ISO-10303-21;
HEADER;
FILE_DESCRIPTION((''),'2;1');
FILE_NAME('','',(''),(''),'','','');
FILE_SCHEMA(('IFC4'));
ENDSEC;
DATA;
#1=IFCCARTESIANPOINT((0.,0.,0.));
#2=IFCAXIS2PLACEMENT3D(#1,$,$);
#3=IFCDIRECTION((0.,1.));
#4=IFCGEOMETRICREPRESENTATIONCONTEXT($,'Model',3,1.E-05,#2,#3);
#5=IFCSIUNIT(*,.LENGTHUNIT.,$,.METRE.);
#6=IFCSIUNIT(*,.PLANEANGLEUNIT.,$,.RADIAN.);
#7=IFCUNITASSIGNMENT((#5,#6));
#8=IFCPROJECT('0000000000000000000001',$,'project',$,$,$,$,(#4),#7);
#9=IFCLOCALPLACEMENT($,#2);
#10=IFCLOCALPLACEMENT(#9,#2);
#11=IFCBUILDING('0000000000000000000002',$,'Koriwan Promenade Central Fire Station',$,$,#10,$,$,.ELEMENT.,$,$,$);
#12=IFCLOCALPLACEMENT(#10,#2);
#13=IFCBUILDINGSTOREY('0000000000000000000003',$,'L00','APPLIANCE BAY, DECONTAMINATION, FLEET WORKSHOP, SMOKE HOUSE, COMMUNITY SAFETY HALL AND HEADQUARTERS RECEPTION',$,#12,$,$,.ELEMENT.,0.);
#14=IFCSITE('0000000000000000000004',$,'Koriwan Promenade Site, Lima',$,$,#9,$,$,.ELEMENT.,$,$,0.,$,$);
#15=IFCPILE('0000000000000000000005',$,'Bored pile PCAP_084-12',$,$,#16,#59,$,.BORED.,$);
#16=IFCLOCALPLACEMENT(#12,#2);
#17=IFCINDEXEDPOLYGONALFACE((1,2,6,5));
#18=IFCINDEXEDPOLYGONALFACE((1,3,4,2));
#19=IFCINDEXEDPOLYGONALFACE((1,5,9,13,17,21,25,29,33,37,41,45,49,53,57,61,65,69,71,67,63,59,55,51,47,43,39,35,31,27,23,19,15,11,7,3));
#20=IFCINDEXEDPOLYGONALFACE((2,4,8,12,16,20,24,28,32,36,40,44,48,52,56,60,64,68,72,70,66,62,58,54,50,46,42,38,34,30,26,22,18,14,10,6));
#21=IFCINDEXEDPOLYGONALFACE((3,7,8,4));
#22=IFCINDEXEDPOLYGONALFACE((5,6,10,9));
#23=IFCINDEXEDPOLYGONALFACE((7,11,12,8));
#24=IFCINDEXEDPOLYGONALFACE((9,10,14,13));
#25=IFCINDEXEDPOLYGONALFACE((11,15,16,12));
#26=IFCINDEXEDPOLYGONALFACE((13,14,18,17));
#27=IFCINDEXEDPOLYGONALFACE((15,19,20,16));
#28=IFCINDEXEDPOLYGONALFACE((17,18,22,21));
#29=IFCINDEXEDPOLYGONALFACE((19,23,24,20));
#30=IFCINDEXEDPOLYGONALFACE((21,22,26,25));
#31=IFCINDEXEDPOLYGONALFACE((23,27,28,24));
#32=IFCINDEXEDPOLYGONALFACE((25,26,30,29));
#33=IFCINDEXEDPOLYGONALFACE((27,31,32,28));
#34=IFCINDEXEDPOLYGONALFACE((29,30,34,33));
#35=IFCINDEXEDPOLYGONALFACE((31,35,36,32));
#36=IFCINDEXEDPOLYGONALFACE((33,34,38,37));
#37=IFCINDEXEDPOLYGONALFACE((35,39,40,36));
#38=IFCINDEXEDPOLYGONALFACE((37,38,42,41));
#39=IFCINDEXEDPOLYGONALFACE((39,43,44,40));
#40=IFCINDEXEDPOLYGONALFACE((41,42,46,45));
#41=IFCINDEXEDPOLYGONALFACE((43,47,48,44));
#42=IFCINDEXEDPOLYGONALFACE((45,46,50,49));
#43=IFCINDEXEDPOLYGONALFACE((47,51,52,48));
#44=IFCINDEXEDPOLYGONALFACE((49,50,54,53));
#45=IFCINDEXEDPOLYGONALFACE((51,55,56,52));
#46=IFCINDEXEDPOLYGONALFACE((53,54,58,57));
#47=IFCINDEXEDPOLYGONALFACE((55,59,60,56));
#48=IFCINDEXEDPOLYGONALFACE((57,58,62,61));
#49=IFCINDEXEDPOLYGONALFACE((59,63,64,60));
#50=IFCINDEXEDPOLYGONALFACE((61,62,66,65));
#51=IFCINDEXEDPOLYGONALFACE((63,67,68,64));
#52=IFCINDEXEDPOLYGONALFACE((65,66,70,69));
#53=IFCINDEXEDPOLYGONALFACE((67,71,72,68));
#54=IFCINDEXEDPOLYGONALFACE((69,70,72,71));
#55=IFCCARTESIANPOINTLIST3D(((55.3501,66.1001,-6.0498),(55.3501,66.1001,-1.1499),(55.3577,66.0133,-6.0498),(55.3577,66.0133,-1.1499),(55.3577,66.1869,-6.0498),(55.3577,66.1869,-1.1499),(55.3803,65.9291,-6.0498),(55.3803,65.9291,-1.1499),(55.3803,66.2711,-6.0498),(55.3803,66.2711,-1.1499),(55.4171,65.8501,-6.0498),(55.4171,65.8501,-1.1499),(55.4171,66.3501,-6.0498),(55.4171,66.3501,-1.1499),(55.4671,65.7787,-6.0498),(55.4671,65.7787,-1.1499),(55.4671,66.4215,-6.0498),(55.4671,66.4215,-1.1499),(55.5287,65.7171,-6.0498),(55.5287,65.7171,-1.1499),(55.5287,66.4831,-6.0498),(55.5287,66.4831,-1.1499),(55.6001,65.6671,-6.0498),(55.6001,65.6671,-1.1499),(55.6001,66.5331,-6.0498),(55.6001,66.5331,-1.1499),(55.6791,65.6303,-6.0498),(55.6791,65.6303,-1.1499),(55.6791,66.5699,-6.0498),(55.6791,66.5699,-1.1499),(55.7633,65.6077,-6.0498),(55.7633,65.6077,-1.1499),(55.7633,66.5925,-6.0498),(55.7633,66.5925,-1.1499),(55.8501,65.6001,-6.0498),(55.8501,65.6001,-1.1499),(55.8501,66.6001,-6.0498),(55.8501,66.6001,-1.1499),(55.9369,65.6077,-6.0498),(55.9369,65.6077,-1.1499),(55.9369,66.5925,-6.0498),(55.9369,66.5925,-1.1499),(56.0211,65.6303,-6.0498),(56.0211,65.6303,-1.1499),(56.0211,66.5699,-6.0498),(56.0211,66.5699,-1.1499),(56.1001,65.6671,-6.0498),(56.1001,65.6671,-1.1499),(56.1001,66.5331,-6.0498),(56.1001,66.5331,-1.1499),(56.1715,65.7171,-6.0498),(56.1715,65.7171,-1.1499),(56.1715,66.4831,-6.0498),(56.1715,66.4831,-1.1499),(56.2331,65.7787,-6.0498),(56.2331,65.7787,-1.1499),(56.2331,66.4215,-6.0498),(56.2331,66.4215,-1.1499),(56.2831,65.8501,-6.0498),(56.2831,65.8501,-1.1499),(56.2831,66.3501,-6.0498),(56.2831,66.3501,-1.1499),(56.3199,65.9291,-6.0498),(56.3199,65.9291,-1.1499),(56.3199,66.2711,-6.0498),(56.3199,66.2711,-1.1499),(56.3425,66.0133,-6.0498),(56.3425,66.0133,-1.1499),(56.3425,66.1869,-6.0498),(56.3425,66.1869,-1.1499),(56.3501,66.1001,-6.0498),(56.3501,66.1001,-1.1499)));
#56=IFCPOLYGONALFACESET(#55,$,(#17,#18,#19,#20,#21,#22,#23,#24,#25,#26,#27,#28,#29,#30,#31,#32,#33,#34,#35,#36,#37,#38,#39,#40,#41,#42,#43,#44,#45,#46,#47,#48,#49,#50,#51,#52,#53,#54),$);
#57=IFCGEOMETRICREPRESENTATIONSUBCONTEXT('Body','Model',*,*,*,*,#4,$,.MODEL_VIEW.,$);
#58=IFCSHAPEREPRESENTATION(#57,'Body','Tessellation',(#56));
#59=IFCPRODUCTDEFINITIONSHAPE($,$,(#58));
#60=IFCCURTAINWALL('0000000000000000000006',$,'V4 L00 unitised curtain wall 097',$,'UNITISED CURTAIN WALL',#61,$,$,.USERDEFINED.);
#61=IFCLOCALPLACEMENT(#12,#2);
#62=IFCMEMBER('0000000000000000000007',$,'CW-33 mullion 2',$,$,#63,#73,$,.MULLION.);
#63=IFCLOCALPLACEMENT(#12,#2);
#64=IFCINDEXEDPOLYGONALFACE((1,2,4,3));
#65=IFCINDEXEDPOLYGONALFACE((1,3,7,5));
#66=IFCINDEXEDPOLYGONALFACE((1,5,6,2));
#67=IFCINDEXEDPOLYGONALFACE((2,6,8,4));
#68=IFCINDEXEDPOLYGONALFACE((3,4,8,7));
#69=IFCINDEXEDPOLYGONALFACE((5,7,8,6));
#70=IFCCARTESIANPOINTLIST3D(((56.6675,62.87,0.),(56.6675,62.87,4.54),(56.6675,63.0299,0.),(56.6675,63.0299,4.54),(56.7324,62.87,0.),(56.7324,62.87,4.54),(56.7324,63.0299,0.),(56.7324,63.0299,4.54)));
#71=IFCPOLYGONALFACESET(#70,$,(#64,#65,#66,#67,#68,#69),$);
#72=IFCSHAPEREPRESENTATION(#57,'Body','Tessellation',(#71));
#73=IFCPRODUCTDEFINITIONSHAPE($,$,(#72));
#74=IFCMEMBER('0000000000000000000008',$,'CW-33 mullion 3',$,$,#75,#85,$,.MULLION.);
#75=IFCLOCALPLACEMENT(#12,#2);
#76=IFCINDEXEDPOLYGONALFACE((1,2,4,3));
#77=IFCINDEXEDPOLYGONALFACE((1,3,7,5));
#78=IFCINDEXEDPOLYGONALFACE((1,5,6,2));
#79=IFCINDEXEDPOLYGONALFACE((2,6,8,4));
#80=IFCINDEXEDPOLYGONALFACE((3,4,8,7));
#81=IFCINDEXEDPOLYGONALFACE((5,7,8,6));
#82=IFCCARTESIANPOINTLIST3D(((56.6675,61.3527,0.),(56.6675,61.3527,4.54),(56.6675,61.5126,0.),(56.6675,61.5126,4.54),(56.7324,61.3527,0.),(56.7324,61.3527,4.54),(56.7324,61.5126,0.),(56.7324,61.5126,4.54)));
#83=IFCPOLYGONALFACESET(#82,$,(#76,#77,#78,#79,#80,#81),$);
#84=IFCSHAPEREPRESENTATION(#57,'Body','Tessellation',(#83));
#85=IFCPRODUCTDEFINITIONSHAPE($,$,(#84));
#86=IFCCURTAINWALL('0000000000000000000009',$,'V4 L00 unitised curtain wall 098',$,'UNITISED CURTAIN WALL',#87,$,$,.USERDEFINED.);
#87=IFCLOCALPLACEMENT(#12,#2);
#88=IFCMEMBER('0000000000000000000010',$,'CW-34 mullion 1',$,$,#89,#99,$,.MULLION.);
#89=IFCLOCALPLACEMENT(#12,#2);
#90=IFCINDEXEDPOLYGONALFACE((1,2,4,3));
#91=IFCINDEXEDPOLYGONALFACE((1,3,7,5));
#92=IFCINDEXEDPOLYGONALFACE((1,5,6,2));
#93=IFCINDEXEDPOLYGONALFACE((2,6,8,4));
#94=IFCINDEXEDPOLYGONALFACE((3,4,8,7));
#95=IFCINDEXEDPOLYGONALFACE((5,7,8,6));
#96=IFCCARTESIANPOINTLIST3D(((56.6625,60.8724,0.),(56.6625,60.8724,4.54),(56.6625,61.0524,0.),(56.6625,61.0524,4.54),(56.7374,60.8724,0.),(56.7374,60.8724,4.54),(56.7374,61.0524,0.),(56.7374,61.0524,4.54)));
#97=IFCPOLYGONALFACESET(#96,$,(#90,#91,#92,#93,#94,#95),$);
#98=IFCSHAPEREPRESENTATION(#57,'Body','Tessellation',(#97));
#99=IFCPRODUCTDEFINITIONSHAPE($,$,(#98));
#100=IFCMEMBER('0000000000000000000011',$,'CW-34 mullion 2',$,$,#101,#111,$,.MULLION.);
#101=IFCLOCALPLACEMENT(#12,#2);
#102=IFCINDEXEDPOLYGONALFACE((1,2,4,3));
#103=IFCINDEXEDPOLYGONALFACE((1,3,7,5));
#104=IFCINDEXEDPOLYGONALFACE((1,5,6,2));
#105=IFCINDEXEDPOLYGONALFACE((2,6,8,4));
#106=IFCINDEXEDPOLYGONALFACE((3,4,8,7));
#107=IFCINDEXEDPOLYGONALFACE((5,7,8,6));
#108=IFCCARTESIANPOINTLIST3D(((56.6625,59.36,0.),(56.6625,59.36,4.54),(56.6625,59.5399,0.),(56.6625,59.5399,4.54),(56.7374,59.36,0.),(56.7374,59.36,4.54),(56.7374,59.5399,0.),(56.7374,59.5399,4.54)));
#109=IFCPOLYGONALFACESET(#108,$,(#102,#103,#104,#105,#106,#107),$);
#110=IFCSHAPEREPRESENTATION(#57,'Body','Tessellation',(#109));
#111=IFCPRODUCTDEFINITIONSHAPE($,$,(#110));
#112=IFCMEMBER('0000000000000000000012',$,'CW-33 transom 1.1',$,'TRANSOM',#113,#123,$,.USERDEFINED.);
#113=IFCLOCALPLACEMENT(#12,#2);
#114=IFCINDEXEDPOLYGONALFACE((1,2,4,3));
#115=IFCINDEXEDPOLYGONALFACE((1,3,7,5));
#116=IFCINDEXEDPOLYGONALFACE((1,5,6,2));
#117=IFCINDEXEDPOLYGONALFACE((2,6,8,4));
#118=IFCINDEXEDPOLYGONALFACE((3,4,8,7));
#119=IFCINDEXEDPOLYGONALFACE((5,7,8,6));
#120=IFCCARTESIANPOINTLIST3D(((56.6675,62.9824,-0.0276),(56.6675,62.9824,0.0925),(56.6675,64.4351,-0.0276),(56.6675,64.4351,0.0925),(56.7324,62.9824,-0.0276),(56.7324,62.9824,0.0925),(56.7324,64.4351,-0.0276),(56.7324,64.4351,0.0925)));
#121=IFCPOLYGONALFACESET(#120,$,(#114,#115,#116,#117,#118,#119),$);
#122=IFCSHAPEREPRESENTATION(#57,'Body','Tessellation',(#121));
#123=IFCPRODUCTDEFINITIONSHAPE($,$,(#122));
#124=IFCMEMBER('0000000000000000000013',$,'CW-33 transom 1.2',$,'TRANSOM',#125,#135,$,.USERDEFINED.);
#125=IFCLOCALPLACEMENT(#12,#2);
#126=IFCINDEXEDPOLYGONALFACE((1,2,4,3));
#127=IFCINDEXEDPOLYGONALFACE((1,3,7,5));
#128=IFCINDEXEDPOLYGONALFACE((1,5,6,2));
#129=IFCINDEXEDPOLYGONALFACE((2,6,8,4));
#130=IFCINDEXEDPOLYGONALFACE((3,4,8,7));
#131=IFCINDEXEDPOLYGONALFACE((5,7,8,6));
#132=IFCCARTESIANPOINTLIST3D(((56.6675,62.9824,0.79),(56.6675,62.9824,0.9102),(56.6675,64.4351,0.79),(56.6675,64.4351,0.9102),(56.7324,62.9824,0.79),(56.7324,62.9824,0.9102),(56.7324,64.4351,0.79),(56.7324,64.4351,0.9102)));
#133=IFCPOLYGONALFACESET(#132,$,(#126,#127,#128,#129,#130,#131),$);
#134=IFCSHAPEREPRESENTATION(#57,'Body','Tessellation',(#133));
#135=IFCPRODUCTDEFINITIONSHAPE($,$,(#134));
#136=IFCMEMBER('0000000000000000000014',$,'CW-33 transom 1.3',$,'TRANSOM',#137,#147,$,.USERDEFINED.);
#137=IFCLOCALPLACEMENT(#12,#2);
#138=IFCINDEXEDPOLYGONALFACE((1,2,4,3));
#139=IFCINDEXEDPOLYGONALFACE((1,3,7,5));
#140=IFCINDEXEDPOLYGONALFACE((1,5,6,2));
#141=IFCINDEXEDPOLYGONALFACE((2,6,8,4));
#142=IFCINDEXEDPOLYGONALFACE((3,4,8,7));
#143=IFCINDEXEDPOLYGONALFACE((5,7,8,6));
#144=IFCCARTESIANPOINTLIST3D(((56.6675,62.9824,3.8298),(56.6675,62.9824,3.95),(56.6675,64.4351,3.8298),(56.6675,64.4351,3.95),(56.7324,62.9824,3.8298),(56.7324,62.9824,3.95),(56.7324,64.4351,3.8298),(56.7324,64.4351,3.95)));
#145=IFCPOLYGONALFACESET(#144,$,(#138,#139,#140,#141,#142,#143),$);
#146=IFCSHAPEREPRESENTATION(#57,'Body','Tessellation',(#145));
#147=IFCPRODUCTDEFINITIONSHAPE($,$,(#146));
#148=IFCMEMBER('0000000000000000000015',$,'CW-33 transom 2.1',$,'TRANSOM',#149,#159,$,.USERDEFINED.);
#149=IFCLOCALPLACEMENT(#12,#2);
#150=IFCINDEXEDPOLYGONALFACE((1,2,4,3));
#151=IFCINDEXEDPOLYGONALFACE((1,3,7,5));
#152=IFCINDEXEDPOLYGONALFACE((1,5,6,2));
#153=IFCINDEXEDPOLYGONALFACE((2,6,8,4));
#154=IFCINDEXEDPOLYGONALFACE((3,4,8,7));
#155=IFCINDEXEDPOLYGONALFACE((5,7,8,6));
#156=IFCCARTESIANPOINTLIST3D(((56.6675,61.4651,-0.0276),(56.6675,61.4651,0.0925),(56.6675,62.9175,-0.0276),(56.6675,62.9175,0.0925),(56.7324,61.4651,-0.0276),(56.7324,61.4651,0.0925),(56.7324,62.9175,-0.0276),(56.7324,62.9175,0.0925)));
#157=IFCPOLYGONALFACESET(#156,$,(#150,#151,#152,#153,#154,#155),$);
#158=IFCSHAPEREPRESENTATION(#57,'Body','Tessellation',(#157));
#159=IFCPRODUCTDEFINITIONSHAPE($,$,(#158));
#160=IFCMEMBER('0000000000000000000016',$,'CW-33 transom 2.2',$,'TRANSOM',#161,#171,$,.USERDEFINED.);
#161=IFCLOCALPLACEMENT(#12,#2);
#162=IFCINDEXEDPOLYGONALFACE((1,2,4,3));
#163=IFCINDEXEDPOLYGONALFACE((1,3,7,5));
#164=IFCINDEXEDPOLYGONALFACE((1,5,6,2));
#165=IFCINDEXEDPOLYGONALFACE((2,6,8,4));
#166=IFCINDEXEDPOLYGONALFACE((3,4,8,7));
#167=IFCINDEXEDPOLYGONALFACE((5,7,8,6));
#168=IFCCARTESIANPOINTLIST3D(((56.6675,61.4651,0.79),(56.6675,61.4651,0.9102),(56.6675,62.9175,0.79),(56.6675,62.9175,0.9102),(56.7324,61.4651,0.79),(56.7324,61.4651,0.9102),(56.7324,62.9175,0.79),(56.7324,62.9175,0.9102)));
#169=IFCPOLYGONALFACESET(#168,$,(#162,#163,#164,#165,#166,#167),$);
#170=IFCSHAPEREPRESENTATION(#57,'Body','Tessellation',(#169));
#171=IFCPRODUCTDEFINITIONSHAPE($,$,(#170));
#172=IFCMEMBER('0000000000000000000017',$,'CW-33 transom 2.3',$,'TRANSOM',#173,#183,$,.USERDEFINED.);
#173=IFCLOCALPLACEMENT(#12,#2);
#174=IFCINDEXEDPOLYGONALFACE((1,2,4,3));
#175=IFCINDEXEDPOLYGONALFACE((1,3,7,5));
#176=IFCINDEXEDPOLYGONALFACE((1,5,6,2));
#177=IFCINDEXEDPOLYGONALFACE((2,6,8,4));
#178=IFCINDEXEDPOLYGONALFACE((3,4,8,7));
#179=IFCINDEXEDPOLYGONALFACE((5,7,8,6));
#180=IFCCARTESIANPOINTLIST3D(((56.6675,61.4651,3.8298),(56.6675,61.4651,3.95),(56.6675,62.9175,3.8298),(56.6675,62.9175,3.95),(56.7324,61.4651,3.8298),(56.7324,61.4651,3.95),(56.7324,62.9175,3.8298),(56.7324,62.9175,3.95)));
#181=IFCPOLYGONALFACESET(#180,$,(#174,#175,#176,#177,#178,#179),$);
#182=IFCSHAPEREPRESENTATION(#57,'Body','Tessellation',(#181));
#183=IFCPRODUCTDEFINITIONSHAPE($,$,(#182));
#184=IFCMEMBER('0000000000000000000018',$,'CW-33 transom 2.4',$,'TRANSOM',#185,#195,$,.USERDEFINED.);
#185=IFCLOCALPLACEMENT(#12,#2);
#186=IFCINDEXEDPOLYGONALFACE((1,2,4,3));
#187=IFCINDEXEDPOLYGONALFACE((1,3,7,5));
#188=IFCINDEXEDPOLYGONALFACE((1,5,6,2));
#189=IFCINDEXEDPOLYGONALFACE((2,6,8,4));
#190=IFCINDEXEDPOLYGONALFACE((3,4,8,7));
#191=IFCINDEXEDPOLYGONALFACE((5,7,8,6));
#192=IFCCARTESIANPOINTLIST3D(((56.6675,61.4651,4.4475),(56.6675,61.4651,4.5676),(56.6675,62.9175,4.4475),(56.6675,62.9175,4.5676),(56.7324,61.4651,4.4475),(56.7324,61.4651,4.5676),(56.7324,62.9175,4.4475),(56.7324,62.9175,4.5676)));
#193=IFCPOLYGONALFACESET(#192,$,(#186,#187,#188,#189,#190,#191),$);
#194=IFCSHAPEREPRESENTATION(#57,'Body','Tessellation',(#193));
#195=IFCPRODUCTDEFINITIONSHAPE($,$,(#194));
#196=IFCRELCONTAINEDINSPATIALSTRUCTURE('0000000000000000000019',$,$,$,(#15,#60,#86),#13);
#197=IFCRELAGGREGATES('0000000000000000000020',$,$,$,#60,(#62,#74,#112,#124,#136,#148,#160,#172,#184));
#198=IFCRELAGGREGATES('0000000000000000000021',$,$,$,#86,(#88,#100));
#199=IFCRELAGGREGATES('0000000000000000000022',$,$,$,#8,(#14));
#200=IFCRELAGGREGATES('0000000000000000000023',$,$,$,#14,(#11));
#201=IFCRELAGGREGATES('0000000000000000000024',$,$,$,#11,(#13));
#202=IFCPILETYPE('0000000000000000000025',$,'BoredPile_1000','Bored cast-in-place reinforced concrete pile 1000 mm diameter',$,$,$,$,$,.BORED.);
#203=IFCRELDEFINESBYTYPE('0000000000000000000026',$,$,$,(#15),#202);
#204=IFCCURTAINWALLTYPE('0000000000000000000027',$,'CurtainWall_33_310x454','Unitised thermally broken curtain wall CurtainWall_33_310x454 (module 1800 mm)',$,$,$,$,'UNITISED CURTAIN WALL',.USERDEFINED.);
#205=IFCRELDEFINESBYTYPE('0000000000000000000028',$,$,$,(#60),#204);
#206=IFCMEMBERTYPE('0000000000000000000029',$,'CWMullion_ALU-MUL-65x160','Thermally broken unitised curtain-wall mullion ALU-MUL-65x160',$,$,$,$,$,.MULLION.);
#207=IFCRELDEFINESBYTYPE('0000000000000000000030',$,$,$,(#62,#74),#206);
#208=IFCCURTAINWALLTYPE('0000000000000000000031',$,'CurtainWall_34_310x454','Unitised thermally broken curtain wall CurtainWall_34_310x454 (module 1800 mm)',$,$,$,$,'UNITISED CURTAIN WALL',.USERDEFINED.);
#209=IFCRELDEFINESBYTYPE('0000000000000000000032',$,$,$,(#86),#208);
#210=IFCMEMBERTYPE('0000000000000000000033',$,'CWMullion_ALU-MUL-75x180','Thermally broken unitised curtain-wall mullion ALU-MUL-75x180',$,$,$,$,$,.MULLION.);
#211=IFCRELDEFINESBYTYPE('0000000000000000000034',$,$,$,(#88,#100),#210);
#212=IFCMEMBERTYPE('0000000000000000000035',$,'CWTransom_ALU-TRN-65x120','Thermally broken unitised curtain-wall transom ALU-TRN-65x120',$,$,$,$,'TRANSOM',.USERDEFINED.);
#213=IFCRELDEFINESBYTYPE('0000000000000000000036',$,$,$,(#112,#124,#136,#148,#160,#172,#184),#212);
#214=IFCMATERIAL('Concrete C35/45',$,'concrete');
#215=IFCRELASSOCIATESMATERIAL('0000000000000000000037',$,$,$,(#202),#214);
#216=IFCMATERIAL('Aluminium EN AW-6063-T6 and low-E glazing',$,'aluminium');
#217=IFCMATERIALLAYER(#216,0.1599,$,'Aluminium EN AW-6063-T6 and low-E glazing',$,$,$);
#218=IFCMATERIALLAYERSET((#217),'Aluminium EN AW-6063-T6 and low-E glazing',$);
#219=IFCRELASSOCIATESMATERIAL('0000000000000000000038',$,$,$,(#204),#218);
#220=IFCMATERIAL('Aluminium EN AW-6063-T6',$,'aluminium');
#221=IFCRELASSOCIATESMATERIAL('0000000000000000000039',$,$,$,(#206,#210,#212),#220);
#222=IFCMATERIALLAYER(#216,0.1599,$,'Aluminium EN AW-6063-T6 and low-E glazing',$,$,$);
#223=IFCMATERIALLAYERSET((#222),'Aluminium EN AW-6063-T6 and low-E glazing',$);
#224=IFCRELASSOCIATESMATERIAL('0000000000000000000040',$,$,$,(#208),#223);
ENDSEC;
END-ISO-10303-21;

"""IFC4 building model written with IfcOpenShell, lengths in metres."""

from ifc_helpers import new_model, si_unit, direction, frame, origin, origin_2d, place, context, subcontext, project, spatial, rectangle, circle, extrude, material, layer, layer_set, material_profile, profile_set, type_object, element, aggregate, save


model = new_model("IFC4")

# Units and contexts
model_context = context("Model", 3, precision=1e-05, world=origin(), true_north=direction((0.0, 1.0)))
body_context = subcontext(model_context, "Body", "Model", "MODEL_VIEW")
ifc_project = project(units=[si_unit("LENGTHUNIT", "METRE"), si_unit("PLANEANGLEUNIT", "RADIAN")], contexts=[model_context])

# Site, building, storey
site_placement = place(None, origin())
site = spatial("IfcSite", under=ifc_project, at=site_placement, Name="Koriwan Promenade Site, Lima", CompositionType="ELEMENT", RefElevation=0.0)
building_placement = place(site_placement, origin())
building = spatial("IfcBuilding", under=site, at=building_placement, Name="Koriwan Promenade Central Fire Station", CompositionType="ELEMENT")
storey_placement = place(building_placement, origin())
storey = spatial("IfcBuildingStorey", under=building, at=storey_placement, Name="L00", Description="APPLIANCE BAY, DECONTAMINATION, FLEET WORKSHOP, SMOKE HOUSE, COMMUNITY SAFETY HALL AND HEADQUARTERS RECEPTION", CompositionType="ELEMENT", Elevation=0.0)

# Pile
ifc_material_1 = material(Name="Concrete C35/45", Category="concrete")
ifc_material_profile_1 = material_profile(ifc_material_1, circle(Radius=0.5, at=origin_2d()), Name="PILE-D1000")
ifc_profile_set_1 = profile_set([ifc_material_profile_1], Name="Concrete C35/45")
pile_type = type_object("IfcPileType", Name="BoredPile_1000", Description="Bored cast-in-place reinforced concrete pile 1000 mm diameter", PredefinedType="BORED", material=ifc_profile_set_1)
pile_placement = place(storey_placement, frame((55.8501, 66.1001, -1.1499), z_axis=(0.0, 0.0, -1.0), x_axis=(1.0, 0.0, 0.0)))
element("IfcPile", 1, at=pile_placement, inside=storey, type_object=pile_type, Name="Bored pile PCAP_084-12", PredefinedType="BORED", context=body_context, shape_type="SweptSolid", body=[
    extrude(circle(Radius=0.5, at=origin_2d()), origin(), (0.0, 0.0, 1.0), 4.8999),
])

# Curtain walls, members
ifc_material_2 = material(Name="Aluminium EN AW-6063-T6 and low-E glazing", Category="aluminium")
ifc_layer_1 = layer(ifc_material_2, 0.1599, Name="Aluminium EN AW-6063-T6 and low-E glazing")
ifc_layer_set_1 = layer_set([ifc_layer_1], Name="Aluminium EN AW-6063-T6 and low-E glazing")
curtain_wall_type_1 = type_object("IfcCurtainWallType", Name="CurtainWall_33_310x454", Description="Unitised thermally broken curtain wall CurtainWall_33_310x454 (module 1800 mm)", ElementType="UNITISED CURTAIN WALL", PredefinedType="USERDEFINED", material=ifc_layer_set_1)
curtain_wall_1_placement = place(storey_placement, origin())
curtain_wall_1 = element("IfcCurtainWall", 2, at=curtain_wall_1_placement, inside=storey, type_object=curtain_wall_type_1, Name="V4 L00 unitised curtain wall 097", ObjectType="UNITISED CURTAIN WALL", PredefinedType="USERDEFINED")
ifc_material_3 = material(Name="Aluminium EN AW-6063-T6", Category="aluminium")
ifc_material_profile_2 = material_profile(ifc_material_3, rectangle(XDim=0.0649, YDim=0.1599, at=origin_2d()), Name="ALU-MUL-65x160")
ifc_profile_set_2 = profile_set([ifc_material_profile_2], Name="Aluminium EN AW-6063-T6")
member_type_1 = type_object("IfcMemberType", Name="CWMullion_ALU-MUL-65x160", Description="Thermally broken unitised curtain-wall mullion ALU-MUL-65x160", PredefinedType="MULLION", material=ifc_profile_set_2)
member_1_placement = place(storey_placement, frame((56.7, 62.95, 0.0), z_axis=(0.0, 0.0, 1.0), x_axis=(1.0, 0.0, 0.0)))
member_1 = element("IfcMember", 3, at=member_1_placement, type_object=member_type_1, Name="CW-33 mullion 2", PredefinedType="MULLION", context=body_context, shape_type="SweptSolid", body=[
    extrude(rectangle(XDim=0.0649, YDim=0.1599, at=origin_2d()), origin(), (0.0, 0.0, 1.0), 4.54),
])
member_2_placement = place(storey_placement, frame((56.7, 61.4326, 0.0), z_axis=(0.0, 0.0, 1.0), x_axis=(1.0, 0.0, 0.0)))
member_2 = element("IfcMember", 4, at=member_2_placement, type_object=member_type_1, Name="CW-33 mullion 3", PredefinedType="MULLION", context=body_context, shape_type="SweptSolid", body=[
    extrude(rectangle(XDim=0.0649, YDim=0.1599, at=origin_2d()), origin(), (0.0, 0.0, 1.0), 4.54),
])
ifc_layer_2 = layer(ifc_material_2, 0.1599, Name="Aluminium EN AW-6063-T6 and low-E glazing")
ifc_layer_set_2 = layer_set([ifc_layer_2], Name="Aluminium EN AW-6063-T6 and low-E glazing")
curtain_wall_type_2 = type_object("IfcCurtainWallType", Name="CurtainWall_34_310x454", Description="Unitised thermally broken curtain wall CurtainWall_34_310x454 (module 1800 mm)", ElementType="UNITISED CURTAIN WALL", PredefinedType="USERDEFINED", material=ifc_layer_set_2)
curtain_wall_2_placement = place(storey_placement, origin())
curtain_wall_2 = element("IfcCurtainWall", 5, at=curtain_wall_2_placement, inside=storey, type_object=curtain_wall_type_2, Name="V4 L00 unitised curtain wall 098", ObjectType="UNITISED CURTAIN WALL", PredefinedType="USERDEFINED")
ifc_material_profile_3 = material_profile(ifc_material_3, rectangle(XDim=0.075, YDim=0.1799, at=origin_2d()), Name="ALU-MUL-75x180")
ifc_profile_set_3 = profile_set([ifc_material_profile_3], Name="Aluminium EN AW-6063-T6")
member_type_2 = type_object("IfcMemberType", Name="CWMullion_ALU-MUL-75x180", Description="Thermally broken unitised curtain-wall mullion ALU-MUL-75x180", PredefinedType="MULLION", material=ifc_profile_set_3)
member_3_placement = place(storey_placement, frame((56.7, 60.9624, 0.0), z_axis=(0.0, 0.0, 1.0), x_axis=(1.0, 0.0, 0.0)))
member_3 = element("IfcMember", 6, at=member_3_placement, type_object=member_type_2, Name="CW-34 mullion 1", PredefinedType="MULLION", context=body_context, shape_type="SweptSolid", body=[
    extrude(rectangle(XDim=0.075, YDim=0.1799, at=origin_2d()), origin(), (0.0, 0.0, 1.0), 4.54),
])
member_4_placement = place(storey_placement, frame((56.7, 59.45, 0.0), z_axis=(0.0, 0.0, 1.0), x_axis=(1.0, 0.0, 0.0)))
member_4 = element("IfcMember", 7, at=member_4_placement, type_object=member_type_2, Name="CW-34 mullion 2", PredefinedType="MULLION", context=body_context, shape_type="SweptSolid", body=[
    extrude(rectangle(XDim=0.075, YDim=0.1799, at=origin_2d()), origin(), (0.0, 0.0, 1.0), 4.54),
])

# Members
ifc_material_profile_4 = material_profile(ifc_material_3, rectangle(XDim=0.0649, YDim=0.1201, at=origin_2d()), Name="ALU-TRN-65x120")
ifc_profile_set_4 = profile_set([ifc_material_profile_4], Name="Aluminium EN AW-6063-T6")
member_type_3 = type_object("IfcMemberType", Name="CWTransom_ALU-TRN-65x120", Description="Thermally broken unitised curtain-wall transom ALU-TRN-65x120", ElementType="TRANSOM", PredefinedType="USERDEFINED", material=ifc_profile_set_4)
member_5_placement = place(storey_placement, frame((56.7, 64.4351, 0.0325), z_axis=(0.0, -1.0, 0.0), x_axis=(1.0, 0.0, 0.0)))
member_5 = element("IfcMember", 8, at=member_5_placement, type_object=member_type_3, Name="CW-33 transom 1.1", ObjectType="TRANSOM", PredefinedType="USERDEFINED", context=body_context, shape_type="SweptSolid", body=[
    extrude(rectangle(XDim=0.0649, YDim=0.1201, at=origin_2d()), origin(), (0.0, 0.0, 1.0), 1.4526),
])
member_6_placement = place(storey_placement, frame((56.7, 64.4351, 0.8501), z_axis=(0.0, -1.0, 0.0), x_axis=(1.0, 0.0, 0.0)))
member_6 = element("IfcMember", 9, at=member_6_placement, type_object=member_type_3, Name="CW-33 transom 1.2", ObjectType="TRANSOM", PredefinedType="USERDEFINED", context=body_context, shape_type="SweptSolid", body=[
    extrude(rectangle(XDim=0.0649, YDim=0.1201, at=origin_2d()), origin(), (0.0, 0.0, 1.0), 1.4526),
])
member_7_placement = place(storey_placement, frame((56.7, 64.4351, 3.8899), z_axis=(0.0, -1.0, 0.0), x_axis=(1.0, 0.0, 0.0)))
member_7 = element("IfcMember", 10, at=member_7_placement, type_object=member_type_3, Name="CW-33 transom 1.3", ObjectType="TRANSOM", PredefinedType="USERDEFINED", context=body_context, shape_type="SweptSolid", body=[
    extrude(rectangle(XDim=0.0649, YDim=0.1201, at=origin_2d()), origin(), (0.0, 0.0, 1.0), 1.4526),
])
member_8_placement = place(storey_placement, frame((56.7, 62.9175, 0.0325), z_axis=(0.0, -1.0, 0.0), x_axis=(1.0, 0.0, 0.0)))
member_8 = element("IfcMember", 11, at=member_8_placement, type_object=member_type_3, Name="CW-33 transom 2.1", ObjectType="TRANSOM", PredefinedType="USERDEFINED", context=body_context, shape_type="SweptSolid", body=[
    extrude(rectangle(XDim=0.0649, YDim=0.1201, at=origin_2d()), origin(), (0.0, 0.0, 1.0), 1.4524),
])
member_9_placement = place(storey_placement, frame((56.7, 62.9175, 0.8501), z_axis=(0.0, -1.0, 0.0), x_axis=(1.0, 0.0, 0.0)))
member_9 = element("IfcMember", 12, at=member_9_placement, type_object=member_type_3, Name="CW-33 transom 2.2", ObjectType="TRANSOM", PredefinedType="USERDEFINED", context=body_context, shape_type="SweptSolid", body=[
    extrude(rectangle(XDim=0.0649, YDim=0.1201, at=origin_2d()), origin(), (0.0, 0.0, 1.0), 1.4524),
])
member_10_placement = place(storey_placement, frame((56.7, 62.9175, 3.8899), z_axis=(0.0, -1.0, 0.0), x_axis=(1.0, 0.0, 0.0)))
member_10 = element("IfcMember", 13, at=member_10_placement, type_object=member_type_3, Name="CW-33 transom 2.3", ObjectType="TRANSOM", PredefinedType="USERDEFINED", context=body_context, shape_type="SweptSolid", body=[
    extrude(rectangle(XDim=0.0649, YDim=0.1201, at=origin_2d()), origin(), (0.0, 0.0, 1.0), 1.4524),
])
member_11_placement = place(storey_placement, frame((56.7, 62.9175, 4.5076), z_axis=(0.0, -1.0, 0.0), x_axis=(1.0, 0.0, 0.0)))
member_11 = element("IfcMember", 14, at=member_11_placement, type_object=member_type_3, Name="CW-33 transom 2.4", ObjectType="TRANSOM", PredefinedType="USERDEFINED", context=body_context, shape_type="SweptSolid", body=[
    extrude(rectangle(XDim=0.0649, YDim=0.1201, at=origin_2d()), origin(), (0.0, 0.0, 1.0), 1.4524),
])

aggregate(curtain_wall_1, [member_1, member_2, member_5, member_6, member_7, member_8, member_9, member_10, member_11])
aggregate(curtain_wall_2, [member_3, member_4])

save(model, "model.ifc")
